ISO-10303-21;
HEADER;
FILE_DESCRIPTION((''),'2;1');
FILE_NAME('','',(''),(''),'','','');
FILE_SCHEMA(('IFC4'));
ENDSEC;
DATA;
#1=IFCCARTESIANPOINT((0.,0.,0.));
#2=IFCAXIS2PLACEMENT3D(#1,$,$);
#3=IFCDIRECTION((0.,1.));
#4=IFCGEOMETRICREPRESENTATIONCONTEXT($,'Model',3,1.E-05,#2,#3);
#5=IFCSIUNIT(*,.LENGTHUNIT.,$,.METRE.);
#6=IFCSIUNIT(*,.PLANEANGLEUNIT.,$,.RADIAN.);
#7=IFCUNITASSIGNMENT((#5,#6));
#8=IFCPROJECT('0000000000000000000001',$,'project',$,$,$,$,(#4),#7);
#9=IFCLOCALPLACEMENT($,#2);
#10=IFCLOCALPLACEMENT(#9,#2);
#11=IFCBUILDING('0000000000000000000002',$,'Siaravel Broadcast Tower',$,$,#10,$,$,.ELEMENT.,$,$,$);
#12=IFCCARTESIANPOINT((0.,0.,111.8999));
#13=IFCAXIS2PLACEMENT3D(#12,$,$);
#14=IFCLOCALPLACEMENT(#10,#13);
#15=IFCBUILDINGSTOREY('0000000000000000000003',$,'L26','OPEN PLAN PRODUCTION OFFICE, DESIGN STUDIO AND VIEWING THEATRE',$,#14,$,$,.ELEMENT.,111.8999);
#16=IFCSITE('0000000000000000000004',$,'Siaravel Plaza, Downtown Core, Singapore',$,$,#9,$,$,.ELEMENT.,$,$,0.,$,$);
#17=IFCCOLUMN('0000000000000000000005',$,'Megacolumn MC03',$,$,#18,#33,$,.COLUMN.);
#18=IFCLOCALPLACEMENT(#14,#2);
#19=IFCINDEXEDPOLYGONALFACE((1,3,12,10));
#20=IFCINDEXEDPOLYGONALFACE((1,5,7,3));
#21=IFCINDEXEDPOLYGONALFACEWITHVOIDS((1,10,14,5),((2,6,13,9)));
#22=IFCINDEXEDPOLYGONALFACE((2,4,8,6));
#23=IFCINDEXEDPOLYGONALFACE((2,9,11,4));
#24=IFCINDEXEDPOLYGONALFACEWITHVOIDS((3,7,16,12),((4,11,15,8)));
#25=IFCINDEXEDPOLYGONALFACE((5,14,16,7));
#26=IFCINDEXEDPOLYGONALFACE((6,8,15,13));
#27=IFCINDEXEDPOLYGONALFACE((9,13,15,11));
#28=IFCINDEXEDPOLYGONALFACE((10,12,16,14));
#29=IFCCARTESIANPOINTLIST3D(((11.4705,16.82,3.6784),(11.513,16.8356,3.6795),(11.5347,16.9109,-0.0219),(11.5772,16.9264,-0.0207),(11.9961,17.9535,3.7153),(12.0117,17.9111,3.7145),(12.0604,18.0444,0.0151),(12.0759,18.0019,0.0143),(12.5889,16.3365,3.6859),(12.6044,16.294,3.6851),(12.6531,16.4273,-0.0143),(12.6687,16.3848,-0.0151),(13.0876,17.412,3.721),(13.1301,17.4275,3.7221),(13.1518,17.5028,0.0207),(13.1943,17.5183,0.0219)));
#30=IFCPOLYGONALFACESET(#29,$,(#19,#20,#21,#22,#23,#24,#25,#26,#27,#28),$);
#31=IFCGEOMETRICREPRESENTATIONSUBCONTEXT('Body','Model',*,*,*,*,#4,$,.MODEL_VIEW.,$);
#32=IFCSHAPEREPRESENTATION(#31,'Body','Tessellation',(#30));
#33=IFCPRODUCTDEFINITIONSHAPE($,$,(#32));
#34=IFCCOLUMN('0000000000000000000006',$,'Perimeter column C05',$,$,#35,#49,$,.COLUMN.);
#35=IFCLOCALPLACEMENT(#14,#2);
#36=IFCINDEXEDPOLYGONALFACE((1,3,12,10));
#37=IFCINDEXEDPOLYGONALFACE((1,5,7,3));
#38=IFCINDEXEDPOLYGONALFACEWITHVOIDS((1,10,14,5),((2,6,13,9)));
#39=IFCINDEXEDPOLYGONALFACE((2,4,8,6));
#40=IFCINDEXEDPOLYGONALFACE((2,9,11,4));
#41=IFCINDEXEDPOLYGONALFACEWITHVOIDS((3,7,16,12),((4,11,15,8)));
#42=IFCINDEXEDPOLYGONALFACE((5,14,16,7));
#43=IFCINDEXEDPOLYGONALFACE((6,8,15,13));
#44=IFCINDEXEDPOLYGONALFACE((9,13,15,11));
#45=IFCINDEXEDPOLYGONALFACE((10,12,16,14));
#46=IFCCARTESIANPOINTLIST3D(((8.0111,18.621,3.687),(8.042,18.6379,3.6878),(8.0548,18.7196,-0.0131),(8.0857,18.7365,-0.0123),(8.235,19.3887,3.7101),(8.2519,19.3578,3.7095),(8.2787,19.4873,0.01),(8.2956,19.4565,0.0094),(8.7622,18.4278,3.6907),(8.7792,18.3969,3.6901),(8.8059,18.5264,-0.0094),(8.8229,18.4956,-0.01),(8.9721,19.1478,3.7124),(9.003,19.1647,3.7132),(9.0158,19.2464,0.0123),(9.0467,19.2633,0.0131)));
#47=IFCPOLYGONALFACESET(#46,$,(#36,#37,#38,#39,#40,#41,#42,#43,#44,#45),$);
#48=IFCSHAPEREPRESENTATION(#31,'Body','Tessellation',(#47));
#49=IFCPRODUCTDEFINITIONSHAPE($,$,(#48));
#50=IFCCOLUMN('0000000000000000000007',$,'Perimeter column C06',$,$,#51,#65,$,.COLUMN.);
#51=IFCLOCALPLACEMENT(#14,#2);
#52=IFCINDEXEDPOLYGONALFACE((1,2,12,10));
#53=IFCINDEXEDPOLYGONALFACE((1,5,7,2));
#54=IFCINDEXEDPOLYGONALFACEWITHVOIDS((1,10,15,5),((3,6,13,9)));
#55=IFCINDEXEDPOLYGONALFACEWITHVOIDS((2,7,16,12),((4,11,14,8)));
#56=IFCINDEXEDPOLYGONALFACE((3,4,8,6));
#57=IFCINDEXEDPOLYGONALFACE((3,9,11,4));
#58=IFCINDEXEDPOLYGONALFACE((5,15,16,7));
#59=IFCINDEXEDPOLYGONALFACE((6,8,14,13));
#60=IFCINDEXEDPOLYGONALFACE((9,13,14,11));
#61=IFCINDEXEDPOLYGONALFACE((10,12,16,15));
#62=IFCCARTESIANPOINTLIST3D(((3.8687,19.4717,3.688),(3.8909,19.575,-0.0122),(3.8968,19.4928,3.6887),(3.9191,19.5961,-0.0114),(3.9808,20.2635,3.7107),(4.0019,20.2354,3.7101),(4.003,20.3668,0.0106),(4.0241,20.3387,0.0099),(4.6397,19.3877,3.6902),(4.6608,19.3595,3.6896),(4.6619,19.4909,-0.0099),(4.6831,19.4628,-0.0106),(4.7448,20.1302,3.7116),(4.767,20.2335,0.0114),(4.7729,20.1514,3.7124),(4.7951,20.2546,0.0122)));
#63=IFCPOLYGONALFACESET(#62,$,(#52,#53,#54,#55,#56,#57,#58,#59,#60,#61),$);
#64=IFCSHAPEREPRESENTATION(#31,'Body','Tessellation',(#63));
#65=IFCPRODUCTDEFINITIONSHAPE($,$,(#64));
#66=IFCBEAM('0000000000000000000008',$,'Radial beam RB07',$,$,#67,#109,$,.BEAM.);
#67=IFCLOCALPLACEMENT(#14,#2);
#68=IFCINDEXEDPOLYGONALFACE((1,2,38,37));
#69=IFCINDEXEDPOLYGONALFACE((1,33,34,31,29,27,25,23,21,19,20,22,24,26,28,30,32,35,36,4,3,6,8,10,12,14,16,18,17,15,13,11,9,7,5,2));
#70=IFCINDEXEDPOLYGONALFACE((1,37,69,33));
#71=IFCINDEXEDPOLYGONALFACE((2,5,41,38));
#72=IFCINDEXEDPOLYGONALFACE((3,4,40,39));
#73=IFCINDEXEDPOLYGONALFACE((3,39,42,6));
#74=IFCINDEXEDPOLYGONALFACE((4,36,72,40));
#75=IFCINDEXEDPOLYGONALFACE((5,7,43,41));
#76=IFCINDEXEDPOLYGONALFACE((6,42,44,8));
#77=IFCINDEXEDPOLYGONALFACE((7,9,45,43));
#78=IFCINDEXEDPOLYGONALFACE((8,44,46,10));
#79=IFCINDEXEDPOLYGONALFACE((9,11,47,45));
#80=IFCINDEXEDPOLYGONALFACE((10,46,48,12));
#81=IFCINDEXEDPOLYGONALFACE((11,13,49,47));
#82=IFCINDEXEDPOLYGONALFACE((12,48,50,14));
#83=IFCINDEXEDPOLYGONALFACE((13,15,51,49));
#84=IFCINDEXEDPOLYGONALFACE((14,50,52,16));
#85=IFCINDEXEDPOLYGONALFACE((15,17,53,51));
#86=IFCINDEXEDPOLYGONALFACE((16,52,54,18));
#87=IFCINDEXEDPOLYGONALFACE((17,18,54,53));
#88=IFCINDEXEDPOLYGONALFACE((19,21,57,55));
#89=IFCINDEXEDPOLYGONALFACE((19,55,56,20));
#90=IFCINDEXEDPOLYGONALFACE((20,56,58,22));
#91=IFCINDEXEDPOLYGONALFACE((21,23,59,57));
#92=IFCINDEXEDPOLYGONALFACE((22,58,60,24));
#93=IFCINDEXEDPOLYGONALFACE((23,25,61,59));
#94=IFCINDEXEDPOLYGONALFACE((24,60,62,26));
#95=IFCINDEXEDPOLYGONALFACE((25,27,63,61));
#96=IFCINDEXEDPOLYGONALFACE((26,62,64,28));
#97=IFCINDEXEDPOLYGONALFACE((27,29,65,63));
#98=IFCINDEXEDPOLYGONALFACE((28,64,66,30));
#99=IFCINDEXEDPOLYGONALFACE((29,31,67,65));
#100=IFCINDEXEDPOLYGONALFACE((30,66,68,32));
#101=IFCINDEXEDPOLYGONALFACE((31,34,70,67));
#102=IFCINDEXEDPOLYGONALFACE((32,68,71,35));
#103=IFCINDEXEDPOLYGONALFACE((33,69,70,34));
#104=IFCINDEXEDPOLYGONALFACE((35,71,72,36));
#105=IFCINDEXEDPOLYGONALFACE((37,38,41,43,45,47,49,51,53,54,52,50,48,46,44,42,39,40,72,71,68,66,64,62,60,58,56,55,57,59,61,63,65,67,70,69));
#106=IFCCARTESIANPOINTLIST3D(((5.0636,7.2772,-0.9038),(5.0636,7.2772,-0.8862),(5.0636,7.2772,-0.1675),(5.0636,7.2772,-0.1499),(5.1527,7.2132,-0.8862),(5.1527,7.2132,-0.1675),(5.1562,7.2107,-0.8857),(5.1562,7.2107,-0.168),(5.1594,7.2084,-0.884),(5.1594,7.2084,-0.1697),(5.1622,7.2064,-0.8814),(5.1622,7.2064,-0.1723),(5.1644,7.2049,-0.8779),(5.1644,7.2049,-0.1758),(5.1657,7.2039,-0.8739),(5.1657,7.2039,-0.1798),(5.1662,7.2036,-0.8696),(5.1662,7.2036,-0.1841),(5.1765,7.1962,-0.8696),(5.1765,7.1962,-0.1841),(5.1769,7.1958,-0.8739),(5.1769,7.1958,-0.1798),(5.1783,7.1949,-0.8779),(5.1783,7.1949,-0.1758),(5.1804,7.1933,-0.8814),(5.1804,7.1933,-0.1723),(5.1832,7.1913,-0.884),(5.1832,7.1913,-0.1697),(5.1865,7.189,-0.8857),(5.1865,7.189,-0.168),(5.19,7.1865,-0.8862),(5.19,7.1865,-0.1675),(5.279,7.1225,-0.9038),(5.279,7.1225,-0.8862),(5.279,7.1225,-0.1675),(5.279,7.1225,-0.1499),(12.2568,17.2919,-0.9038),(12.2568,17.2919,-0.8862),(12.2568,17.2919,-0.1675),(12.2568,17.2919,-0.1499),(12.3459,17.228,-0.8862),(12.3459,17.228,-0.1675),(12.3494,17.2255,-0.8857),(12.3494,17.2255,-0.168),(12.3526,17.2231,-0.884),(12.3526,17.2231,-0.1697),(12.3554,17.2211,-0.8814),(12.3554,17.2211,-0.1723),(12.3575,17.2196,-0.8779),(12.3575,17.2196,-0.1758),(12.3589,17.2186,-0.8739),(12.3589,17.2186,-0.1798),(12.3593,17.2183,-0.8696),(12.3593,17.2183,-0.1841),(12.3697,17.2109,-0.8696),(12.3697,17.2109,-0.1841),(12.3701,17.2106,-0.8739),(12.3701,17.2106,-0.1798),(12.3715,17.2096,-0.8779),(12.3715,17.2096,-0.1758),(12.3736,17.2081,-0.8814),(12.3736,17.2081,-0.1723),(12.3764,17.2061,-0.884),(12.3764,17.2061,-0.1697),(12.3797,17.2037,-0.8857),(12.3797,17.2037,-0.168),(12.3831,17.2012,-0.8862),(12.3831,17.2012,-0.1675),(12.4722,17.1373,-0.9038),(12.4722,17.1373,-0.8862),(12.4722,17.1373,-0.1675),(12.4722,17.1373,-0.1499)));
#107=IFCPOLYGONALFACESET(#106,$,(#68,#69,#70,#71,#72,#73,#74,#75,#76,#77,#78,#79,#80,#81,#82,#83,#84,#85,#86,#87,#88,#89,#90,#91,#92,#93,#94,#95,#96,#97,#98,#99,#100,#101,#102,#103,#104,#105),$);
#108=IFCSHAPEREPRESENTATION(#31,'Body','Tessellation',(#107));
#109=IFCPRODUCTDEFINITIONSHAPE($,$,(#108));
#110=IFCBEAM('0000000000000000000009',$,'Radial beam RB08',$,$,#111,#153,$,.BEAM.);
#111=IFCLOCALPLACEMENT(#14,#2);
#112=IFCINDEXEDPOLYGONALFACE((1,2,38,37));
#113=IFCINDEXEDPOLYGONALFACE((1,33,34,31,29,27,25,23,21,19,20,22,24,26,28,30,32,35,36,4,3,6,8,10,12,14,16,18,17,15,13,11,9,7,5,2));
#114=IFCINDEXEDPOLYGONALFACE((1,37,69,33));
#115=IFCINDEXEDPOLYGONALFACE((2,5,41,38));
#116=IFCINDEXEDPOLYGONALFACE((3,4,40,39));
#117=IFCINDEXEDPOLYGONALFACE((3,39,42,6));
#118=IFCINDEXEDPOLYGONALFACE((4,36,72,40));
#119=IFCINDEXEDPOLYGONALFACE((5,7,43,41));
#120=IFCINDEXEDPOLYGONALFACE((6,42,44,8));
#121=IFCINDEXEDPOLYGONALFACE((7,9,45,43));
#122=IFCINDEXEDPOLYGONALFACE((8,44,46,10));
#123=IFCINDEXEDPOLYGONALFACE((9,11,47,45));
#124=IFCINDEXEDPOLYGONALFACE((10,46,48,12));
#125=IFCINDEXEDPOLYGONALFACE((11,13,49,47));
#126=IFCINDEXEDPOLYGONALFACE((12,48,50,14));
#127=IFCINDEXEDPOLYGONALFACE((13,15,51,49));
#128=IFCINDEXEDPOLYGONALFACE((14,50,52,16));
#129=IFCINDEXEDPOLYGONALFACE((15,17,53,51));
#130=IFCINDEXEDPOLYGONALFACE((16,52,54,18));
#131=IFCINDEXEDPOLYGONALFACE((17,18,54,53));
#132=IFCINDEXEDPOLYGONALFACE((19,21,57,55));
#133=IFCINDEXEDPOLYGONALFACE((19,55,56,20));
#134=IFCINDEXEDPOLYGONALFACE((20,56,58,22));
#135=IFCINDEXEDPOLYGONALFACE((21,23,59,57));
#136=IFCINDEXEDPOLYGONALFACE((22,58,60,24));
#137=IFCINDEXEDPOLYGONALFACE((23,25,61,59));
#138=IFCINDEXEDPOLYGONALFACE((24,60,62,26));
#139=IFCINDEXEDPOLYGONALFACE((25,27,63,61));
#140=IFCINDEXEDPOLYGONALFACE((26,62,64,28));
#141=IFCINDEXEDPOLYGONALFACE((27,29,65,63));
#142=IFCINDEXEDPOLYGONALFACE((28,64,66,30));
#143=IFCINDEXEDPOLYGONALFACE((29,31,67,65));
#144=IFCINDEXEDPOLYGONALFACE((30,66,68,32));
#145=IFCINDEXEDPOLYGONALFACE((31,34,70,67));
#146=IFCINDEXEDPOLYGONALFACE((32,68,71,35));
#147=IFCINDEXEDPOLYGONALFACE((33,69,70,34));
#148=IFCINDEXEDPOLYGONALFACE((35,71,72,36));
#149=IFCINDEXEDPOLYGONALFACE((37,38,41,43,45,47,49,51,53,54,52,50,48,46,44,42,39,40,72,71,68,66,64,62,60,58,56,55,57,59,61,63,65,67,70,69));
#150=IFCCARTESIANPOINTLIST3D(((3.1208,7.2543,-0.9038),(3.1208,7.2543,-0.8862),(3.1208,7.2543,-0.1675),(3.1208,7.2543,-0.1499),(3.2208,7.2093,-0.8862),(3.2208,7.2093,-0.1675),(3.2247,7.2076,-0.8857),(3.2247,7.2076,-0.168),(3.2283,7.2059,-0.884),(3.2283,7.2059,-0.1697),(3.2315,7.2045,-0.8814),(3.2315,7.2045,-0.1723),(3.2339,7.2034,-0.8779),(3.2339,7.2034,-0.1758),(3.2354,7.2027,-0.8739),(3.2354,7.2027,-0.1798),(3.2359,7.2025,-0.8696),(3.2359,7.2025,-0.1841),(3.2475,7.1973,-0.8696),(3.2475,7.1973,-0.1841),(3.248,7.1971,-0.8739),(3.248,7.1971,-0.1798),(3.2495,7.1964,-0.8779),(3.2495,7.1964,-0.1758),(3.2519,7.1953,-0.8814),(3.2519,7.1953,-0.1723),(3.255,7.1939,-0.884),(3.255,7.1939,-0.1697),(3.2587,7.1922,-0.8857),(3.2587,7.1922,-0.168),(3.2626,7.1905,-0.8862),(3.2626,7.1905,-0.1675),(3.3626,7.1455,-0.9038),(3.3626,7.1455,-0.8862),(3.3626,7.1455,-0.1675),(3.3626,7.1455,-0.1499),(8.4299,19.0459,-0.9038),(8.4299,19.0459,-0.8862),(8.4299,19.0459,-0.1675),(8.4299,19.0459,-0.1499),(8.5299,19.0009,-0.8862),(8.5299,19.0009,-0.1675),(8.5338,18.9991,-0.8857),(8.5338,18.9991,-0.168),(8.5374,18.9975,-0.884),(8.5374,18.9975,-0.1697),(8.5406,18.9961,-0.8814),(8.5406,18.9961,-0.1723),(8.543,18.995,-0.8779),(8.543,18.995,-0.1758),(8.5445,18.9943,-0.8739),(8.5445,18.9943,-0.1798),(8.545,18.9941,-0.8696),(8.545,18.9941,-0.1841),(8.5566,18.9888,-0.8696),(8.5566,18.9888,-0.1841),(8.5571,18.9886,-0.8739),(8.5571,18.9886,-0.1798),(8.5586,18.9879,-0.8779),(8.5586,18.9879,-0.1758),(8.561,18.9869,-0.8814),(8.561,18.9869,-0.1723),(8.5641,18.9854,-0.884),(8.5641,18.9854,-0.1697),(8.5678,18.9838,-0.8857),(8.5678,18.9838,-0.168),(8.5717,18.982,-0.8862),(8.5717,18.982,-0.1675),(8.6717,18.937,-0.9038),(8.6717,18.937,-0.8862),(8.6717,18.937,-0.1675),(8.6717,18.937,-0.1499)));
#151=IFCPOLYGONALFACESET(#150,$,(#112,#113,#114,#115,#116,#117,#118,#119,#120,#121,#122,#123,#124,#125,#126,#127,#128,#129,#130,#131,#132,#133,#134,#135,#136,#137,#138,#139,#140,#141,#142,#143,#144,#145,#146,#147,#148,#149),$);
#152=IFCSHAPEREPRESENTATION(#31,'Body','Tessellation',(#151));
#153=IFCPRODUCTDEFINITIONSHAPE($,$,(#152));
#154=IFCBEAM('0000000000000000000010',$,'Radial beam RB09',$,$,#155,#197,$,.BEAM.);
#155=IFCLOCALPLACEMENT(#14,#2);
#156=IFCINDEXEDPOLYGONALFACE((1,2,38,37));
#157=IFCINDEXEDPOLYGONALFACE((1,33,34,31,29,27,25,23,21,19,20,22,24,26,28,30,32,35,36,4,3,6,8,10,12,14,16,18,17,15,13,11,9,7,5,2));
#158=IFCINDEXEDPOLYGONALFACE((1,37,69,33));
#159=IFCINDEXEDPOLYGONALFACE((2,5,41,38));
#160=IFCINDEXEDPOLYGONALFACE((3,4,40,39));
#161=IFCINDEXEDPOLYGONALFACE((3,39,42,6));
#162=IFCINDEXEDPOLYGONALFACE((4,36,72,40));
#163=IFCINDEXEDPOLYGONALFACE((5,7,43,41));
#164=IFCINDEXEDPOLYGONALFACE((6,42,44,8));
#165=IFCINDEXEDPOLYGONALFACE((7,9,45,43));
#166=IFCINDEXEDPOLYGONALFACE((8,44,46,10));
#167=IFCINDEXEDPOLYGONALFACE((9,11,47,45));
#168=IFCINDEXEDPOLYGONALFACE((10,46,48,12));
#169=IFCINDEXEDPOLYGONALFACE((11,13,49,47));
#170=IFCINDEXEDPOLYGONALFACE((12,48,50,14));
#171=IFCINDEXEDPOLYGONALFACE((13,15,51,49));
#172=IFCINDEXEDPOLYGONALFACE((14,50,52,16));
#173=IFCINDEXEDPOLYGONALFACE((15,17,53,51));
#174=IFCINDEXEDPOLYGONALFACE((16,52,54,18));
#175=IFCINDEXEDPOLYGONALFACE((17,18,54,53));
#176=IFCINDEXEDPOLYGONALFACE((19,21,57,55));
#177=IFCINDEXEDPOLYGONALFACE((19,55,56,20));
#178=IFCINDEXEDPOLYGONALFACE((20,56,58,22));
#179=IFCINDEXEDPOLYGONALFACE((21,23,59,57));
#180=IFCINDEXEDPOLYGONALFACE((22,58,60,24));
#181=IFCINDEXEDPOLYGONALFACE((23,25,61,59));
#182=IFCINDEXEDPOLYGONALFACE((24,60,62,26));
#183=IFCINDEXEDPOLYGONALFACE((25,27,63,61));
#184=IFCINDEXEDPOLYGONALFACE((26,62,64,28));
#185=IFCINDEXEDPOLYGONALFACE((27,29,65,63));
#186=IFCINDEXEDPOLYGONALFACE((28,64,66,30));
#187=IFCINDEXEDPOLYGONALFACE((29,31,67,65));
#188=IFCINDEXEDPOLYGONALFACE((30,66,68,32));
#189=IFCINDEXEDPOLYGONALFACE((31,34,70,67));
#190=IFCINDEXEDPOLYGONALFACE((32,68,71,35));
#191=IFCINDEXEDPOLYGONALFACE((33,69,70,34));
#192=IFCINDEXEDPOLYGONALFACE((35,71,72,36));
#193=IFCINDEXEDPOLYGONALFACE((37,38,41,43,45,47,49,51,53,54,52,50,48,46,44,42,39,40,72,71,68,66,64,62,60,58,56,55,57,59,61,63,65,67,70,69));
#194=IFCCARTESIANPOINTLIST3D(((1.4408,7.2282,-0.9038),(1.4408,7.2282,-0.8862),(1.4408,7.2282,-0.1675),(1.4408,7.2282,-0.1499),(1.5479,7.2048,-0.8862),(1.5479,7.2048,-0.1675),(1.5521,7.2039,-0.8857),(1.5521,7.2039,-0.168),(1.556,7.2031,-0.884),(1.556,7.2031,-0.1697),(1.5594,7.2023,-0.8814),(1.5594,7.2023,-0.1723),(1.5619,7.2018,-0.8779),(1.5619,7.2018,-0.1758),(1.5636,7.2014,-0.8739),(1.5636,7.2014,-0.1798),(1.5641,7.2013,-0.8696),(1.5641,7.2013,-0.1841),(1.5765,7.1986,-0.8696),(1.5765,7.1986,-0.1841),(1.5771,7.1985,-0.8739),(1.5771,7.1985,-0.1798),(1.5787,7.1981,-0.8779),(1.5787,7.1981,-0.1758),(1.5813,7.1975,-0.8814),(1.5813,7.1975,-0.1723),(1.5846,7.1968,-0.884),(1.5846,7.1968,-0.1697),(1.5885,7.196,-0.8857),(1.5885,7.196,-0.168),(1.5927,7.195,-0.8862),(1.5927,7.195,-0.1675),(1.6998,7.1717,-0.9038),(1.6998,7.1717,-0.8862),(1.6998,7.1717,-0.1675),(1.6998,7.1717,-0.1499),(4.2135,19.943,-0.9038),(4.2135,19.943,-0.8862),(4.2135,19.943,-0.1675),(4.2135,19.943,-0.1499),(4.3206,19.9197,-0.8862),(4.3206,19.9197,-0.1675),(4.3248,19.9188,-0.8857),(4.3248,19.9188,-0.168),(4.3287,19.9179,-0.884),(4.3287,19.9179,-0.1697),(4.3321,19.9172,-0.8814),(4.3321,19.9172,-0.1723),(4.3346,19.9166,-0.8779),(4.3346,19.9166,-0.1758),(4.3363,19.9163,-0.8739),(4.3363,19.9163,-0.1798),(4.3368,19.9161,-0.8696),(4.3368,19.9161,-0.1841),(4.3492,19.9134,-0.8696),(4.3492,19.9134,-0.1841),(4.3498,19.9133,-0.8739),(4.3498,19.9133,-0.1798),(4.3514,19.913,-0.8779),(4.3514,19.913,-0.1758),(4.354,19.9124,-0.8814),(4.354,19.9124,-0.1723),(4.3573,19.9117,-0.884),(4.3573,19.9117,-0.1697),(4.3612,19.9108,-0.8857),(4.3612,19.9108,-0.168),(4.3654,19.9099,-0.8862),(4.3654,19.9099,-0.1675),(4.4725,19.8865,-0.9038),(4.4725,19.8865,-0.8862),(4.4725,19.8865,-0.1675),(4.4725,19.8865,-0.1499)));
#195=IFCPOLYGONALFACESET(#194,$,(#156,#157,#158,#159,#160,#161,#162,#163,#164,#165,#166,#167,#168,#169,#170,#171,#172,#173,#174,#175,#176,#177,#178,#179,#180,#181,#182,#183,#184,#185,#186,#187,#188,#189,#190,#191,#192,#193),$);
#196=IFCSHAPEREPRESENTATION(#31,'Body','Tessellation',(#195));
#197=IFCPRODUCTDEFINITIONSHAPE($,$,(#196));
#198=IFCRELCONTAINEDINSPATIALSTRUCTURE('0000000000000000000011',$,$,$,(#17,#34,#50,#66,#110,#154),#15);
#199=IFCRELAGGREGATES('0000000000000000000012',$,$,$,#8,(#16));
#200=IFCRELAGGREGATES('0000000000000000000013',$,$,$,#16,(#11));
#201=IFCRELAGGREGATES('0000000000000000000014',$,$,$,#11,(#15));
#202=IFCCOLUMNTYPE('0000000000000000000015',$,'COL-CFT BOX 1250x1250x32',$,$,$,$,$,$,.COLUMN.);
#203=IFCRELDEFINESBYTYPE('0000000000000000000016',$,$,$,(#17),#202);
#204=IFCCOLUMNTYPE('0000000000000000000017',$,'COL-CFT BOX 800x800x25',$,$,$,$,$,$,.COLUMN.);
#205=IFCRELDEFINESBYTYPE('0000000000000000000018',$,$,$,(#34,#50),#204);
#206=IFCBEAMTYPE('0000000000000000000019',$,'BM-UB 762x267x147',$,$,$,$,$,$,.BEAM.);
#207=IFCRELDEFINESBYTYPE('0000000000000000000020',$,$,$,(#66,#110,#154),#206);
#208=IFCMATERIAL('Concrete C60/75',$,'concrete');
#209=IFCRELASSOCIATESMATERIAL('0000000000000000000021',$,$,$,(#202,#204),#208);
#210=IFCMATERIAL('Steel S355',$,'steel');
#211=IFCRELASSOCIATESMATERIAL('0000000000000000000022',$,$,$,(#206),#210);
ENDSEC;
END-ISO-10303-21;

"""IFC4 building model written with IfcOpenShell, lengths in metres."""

from ifc_helpers import new_model, si_unit, direction, frame, origin, origin_2d, place, context, subcontext, project, spatial, hollow_rectangle, i_section, extrude, material, material_profile, profile_set, type_object, element, save


model = new_model("IFC4")

# Units and contexts
model_context = context("Model", 3, precision=1e-05, world=origin(), true_north=direction((0.0, 1.0)))
body_context = subcontext(model_context, "Body", "Model", "MODEL_VIEW")
ifc_project = project(units=[si_unit("LENGTHUNIT", "METRE"), si_unit("PLANEANGLEUNIT", "RADIAN")], contexts=[model_context])

# Site, building, storey
site_placement = place(None, origin())
site = spatial("IfcSite", under=ifc_project, at=site_placement, Name="Siaravel Plaza, Downtown Core, Singapore", CompositionType="ELEMENT", RefElevation=0.0)
building_placement = place(site_placement, origin())
building = spatial("IfcBuilding", under=site, at=building_placement, Name="Siaravel Broadcast Tower", CompositionType="ELEMENT")
storey_placement = place(building_placement, frame((0.0, 0.0, 111.8999)))
storey = spatial("IfcBuildingStorey", under=building, at=storey_placement, Name="L26", Description="OPEN PLAN PRODUCTION OFFICE, DESIGN STUDIO AND VIEWING THEATRE", CompositionType="ELEMENT", Elevation=111.8999)

# Columns
ifc_material_1 = material(Name="Concrete C60/75", Category="concrete")
ifc_material_profile_1 = material_profile(ifc_material_1, hollow_rectangle(XDim=1.25, YDim=1.25, WallThickness=0.032, at=origin_2d()))
ifc_profile_set_1 = profile_set([ifc_material_profile_1], Name="Concrete C60/75")
column_type_1 = type_object("IfcColumnType", Name="COL-CFT BOX 1250x1250x32", PredefinedType="COLUMN", material=ifc_profile_set_1)
column_placement = place(storey_placement, frame((12.3645, 17.2146, 0.0), z_axis=(-0.017345, -0.024534, 0.999549), x_axis=(0.90713, -0.420816, 0.005412)))
element("IfcColumn", 1, at=column_placement, inside=storey, type_object=column_type_1, Name="Megacolumn MC03", PredefinedType="COLUMN", context=body_context, shape_type="SweptSolid", body=[
    extrude(hollow_rectangle(XDim=1.25, YDim=1.25, WallThickness=0.032, at=origin_2d()), origin(), (0.0, 0.0, 1.0), 3.7019),
])
ifc_material_profile_2 = material_profile(ifc_material_1, hollow_rectangle(XDim=0.8, YDim=0.8, WallThickness=0.0249, at=origin_2d()))
ifc_profile_set_2 = profile_set([ifc_material_profile_2], Name="Concrete C60/75")
column_type_2 = type_object("IfcColumnType", Name="COL-CFT BOX 800x800x25", PredefinedType="COLUMN", material=ifc_profile_set_2)
for number, where, z_axis, x_axis, name in (
    (2, (8.5508, 18.9915, 0.0), (-0.011805, -0.026645, 0.999575), (0.95999, -0.280009, 0.003874), "Perimeter column C05"),
    (3, (4.343, 19.9148, 0.0), (-0.006002, -0.027898, 0.999593), (0.990123, -0.140187, 0.002032), "Perimeter column C06"),
):
    element("IfcColumn", number, at=place(storey_placement, frame(where, z_axis=z_axis, x_axis=x_axis)), inside=storey, type_object=column_type_2, Name=name, PredefinedType="COLUMN", context=body_context, shape_type="SweptSolid", body=[
        extrude(hollow_rectangle(XDim=0.8, YDim=0.8, WallThickness=0.0249, at=origin_2d()), origin(), (0.0, 0.0, 1.0), 3.7017),
    ])

# Beams
ifc_material_2 = material(Name="Steel S355", Category="steel")
ifc_material_profile_3 = material_profile(ifc_material_2, i_section(OverallWidth=0.2651, OverallDepth=0.7539, WebThickness=0.0127, FlangeThickness=0.0176, FilletRadius=0.0166, at=origin_2d()))
ifc_profile_set_3 = profile_set([ifc_material_profile_3], Name="Steel S355")
beam_type = type_object("IfcBeamType", Name="BM-UB 762x267x147", PredefinedType="BEAM", material=ifc_profile_set_3)
beam_1_placement = place(storey_placement, frame((12.3645, 17.2146, -0.5269), z_axis=(-0.583373, -0.812204, 0.0), x_axis=(0.812204, -0.583373, 0.0)))
element("IfcBeam", 4, at=beam_1_placement, inside=storey, type_object=beam_type, Name="Radial beam RB07", PredefinedType="BEAM", context=body_context, shape_type="SweptSolid", body=[
    extrude(i_section(OverallWidth=0.2651, OverallDepth=0.7539, WebThickness=0.0127, FlangeThickness=0.0176, FilletRadius=0.0166, at=origin_2d()), origin(), (0.0, 0.0, 1.0), 12.3303),
])
beam_2_placement = place(storey_placement, frame((8.5508, 18.9915, -0.5269), z_axis=(-0.410552, -0.911837, 0.0), x_axis=(0.911837, -0.410552, 0.0)))
element("IfcBeam", 5, at=beam_2_placement, inside=storey, type_object=beam_type, Name="Radial beam RB08", PredefinedType="BEAM", context=body_context, shape_type="SweptSolid", body=[
    extrude(i_section(OverallWidth=0.2651, OverallDepth=0.7539, WebThickness=0.0127, FlangeThickness=0.0176, FilletRadius=0.0166, at=origin_2d()), origin(), (0.0, 0.0, 1.0), 12.9316),
])
beam_3_placement = place(storey_placement, frame((4.343, 19.9148, -0.5269), z_axis=(-0.213061, -0.977039, 0.0), x_axis=(0.977039, -0.213061, 0.0)))
element("IfcBeam", 6, at=beam_3_placement, inside=storey, type_object=beam_type, Name="Radial beam RB09", PredefinedType="BEAM", context=body_context, shape_type="SweptSolid", body=[
    extrude(i_section(OverallWidth=0.2651, OverallDepth=0.7539, WebThickness=0.0127, FlangeThickness=0.0176, FilletRadius=0.0166, at=origin_2d()), origin(), (0.0, 0.0, 1.0), 13.0137),
])

save(model, "model.ifc")
